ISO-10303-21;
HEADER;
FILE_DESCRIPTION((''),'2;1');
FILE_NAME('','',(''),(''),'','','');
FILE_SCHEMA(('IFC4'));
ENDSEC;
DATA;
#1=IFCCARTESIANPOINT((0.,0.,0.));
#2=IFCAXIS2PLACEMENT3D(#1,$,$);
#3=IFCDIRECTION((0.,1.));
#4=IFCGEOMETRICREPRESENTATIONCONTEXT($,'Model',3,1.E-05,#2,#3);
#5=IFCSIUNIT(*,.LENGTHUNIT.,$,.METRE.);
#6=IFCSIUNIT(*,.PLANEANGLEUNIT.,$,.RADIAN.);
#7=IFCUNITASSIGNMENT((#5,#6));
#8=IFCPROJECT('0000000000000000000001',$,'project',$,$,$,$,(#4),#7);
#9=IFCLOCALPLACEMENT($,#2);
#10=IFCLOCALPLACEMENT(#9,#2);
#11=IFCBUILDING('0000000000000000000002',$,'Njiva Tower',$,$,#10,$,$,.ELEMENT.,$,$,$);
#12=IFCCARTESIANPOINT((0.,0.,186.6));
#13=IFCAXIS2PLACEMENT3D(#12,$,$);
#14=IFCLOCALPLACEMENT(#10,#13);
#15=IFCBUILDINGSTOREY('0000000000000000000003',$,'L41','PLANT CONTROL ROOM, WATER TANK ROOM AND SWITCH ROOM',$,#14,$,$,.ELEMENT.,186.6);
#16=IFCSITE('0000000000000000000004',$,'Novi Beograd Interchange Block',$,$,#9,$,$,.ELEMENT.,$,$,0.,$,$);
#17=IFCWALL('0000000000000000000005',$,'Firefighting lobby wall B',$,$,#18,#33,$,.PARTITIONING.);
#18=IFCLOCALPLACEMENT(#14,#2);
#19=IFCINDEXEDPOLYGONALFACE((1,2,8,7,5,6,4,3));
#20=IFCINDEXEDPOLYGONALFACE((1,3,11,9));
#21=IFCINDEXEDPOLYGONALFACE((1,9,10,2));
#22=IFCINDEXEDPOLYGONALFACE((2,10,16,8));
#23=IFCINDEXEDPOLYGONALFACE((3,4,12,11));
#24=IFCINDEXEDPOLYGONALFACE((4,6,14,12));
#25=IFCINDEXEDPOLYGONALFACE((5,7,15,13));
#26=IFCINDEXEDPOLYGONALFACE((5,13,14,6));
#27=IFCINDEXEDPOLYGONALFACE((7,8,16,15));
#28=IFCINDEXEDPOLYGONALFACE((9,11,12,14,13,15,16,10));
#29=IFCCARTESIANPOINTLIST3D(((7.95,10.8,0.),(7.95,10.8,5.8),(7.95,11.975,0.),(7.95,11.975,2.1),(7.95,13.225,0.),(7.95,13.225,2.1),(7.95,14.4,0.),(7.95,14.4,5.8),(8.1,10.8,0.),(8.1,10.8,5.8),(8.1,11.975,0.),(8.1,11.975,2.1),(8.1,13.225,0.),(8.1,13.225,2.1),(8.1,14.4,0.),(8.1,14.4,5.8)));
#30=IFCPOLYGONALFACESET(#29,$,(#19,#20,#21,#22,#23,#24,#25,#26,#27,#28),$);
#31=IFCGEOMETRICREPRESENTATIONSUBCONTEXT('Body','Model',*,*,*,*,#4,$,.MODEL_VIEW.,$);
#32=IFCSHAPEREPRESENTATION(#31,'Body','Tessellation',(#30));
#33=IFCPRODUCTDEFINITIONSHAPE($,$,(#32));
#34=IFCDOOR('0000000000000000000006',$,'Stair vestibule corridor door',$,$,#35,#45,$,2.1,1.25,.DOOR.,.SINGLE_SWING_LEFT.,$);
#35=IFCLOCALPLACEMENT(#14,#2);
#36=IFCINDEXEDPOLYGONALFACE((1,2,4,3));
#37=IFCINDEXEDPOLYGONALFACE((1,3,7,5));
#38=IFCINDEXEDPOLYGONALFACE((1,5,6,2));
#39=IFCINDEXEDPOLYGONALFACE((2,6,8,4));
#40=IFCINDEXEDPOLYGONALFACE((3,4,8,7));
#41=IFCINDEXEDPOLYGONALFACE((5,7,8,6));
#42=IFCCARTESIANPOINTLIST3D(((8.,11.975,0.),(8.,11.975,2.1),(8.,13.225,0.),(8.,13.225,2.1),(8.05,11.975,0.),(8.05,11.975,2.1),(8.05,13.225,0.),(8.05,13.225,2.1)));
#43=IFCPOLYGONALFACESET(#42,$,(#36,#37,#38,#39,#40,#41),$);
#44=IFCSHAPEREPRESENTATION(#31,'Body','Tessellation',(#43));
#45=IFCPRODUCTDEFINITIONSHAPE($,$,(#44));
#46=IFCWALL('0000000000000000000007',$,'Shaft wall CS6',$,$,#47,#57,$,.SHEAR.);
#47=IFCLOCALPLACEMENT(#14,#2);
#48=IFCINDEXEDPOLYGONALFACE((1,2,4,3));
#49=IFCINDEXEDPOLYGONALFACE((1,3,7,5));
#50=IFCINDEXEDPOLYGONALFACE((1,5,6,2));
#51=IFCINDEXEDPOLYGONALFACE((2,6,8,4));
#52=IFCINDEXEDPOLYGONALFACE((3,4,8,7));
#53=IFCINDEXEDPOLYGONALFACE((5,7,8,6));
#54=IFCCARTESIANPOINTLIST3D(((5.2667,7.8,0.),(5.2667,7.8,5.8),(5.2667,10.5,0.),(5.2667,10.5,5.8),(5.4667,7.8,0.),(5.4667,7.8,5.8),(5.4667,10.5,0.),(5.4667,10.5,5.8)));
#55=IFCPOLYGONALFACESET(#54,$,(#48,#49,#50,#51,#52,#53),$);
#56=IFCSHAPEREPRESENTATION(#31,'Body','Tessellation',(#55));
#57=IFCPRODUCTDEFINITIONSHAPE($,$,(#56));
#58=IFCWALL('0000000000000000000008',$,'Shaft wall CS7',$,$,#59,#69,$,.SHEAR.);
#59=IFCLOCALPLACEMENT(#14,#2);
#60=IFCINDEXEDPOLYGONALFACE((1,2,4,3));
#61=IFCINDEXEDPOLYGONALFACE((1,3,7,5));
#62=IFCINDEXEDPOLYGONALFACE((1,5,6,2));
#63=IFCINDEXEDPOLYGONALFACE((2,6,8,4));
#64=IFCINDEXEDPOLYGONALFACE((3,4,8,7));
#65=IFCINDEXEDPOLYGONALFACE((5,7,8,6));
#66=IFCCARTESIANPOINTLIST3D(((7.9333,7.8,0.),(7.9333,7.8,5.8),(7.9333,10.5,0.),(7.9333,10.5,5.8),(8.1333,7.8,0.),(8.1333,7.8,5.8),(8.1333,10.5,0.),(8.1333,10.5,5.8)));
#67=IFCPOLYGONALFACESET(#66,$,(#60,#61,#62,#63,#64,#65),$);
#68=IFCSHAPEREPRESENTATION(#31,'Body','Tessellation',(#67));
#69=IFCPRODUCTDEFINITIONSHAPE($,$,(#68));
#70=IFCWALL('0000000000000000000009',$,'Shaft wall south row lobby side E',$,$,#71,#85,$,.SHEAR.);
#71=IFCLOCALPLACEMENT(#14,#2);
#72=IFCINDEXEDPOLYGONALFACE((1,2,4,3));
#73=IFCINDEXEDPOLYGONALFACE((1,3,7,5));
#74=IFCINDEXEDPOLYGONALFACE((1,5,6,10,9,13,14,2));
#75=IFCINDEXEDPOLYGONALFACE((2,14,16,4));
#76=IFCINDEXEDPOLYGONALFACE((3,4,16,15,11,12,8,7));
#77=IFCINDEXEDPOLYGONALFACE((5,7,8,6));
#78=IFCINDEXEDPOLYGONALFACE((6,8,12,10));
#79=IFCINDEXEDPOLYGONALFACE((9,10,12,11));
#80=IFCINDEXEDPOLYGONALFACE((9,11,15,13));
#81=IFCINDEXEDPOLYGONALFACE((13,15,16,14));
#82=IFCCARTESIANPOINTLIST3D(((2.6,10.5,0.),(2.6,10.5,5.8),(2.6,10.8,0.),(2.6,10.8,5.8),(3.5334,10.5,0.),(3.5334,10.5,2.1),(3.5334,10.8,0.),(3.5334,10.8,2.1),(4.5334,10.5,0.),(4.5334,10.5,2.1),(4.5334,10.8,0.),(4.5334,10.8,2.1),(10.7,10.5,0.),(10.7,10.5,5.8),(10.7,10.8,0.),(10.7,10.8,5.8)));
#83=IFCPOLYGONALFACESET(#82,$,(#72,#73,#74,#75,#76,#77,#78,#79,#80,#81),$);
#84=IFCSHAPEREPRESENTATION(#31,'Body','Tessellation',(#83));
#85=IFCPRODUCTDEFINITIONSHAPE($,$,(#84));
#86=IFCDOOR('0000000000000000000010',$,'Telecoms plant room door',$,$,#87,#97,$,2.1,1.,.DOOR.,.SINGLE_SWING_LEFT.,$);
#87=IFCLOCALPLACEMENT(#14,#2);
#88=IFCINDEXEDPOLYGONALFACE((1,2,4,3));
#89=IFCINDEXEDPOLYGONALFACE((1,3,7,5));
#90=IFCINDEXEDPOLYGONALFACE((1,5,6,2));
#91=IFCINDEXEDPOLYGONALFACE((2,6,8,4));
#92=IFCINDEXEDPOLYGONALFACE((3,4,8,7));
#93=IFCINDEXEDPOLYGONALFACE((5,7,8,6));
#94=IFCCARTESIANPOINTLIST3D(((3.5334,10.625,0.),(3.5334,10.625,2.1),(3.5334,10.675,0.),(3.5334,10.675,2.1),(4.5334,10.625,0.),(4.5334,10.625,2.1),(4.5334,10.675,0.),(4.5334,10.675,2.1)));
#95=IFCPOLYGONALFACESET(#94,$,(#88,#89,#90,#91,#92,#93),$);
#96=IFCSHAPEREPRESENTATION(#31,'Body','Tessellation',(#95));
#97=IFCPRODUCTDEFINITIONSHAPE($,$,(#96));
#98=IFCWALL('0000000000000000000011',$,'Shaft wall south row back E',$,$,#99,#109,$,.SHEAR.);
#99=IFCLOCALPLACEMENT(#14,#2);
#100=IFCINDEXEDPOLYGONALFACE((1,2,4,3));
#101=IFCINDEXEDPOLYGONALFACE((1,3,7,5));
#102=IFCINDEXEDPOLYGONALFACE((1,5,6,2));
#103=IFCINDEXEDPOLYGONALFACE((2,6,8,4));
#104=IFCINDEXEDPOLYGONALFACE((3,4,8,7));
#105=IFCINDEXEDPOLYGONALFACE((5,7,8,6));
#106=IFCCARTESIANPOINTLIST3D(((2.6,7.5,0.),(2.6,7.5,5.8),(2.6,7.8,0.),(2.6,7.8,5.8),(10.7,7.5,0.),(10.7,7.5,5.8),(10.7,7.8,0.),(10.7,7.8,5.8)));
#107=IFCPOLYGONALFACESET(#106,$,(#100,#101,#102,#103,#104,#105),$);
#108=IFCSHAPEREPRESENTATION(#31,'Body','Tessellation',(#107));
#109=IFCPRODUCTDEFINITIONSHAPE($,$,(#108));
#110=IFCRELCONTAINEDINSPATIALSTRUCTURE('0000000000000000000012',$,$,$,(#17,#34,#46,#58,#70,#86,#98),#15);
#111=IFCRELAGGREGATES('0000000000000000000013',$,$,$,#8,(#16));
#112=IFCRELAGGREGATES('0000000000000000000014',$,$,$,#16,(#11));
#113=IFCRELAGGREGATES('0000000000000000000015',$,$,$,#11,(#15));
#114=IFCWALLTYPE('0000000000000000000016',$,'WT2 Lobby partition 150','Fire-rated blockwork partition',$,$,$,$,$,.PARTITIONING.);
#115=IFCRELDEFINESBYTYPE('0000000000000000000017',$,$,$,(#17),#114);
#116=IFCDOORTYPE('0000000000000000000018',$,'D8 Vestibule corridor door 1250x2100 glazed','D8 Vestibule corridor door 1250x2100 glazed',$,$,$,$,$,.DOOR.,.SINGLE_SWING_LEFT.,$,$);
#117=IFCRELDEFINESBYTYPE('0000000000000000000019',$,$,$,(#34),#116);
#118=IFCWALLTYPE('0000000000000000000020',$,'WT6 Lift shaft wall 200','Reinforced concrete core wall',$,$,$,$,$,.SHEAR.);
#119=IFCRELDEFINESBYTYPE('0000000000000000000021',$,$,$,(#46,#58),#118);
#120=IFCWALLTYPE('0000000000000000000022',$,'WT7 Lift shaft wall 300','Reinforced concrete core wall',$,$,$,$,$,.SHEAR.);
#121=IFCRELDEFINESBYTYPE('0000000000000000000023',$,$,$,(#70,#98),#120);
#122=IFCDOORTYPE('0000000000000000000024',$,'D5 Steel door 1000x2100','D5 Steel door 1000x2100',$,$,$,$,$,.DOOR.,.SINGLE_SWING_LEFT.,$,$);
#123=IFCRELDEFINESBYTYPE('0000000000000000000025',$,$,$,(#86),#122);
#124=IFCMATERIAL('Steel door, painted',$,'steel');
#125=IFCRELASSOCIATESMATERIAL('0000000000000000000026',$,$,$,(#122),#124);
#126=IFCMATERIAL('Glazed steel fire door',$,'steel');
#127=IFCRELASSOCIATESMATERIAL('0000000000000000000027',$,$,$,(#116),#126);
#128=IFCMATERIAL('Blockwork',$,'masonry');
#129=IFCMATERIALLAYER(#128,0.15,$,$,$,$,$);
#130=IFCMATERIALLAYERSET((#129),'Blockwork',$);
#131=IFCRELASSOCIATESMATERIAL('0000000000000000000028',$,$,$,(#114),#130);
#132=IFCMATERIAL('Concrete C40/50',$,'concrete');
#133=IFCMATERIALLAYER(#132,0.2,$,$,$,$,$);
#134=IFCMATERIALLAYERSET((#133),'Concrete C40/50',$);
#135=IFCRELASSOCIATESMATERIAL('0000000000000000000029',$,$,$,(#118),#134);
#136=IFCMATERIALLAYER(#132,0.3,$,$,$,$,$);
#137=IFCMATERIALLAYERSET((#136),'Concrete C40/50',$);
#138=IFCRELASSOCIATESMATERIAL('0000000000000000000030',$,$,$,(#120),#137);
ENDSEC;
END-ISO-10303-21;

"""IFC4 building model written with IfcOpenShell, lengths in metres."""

from ifc_helpers import new_model, si_unit, direction, frame, frame_2d, origin, place, context, subcontext, project, spatial, rectangle, extrude, material, layer, layer_set, type_object, element, fill, save


model = new_model("IFC4")

# Units and contexts
model_context = context("Model", 3, precision=1e-05, world=origin(), true_north=direction((0.0, 1.0)))
body_context = subcontext(model_context, "Body", "Model", "MODEL_VIEW")
ifc_project = project(units=[si_unit("LENGTHUNIT", "METRE"), si_unit("PLANEANGLEUNIT", "RADIAN")], contexts=[model_context])

# Site, building, storey
site_placement = place(None, origin())
site = spatial("IfcSite", under=ifc_project, at=site_placement, Name="Novi Beograd Interchange Block", CompositionType="ELEMENT", RefElevation=0.0)
building_placement = place(site_placement, origin())
building = spatial("IfcBuilding", under=site, at=building_placement, Name="Njiva Tower", CompositionType="ELEMENT")
storey_placement = place(building_placement, frame((0.0, 0.0, 186.6)))
storey = spatial("IfcBuildingStorey", under=building, at=storey_placement, Name="L41", Description="PLANT CONTROL ROOM, WATER TANK ROOM AND SWITCH ROOM", CompositionType="ELEMENT", Elevation=186.6)

# Shared definitions
ifc_material_1 = material(Name="Blockwork", Category="masonry")

# Shared definitions
ifc_material_2 = material(Name="Concrete C40/50", Category="concrete")
ifc_material_3 = material(Name="Steel door, painted", Category="steel")
door_type_1 = type_object("IfcDoorType", Name="D5 Steel door 1000x2100", Description="D5 Steel door 1000x2100", OperationType="SINGLE_SWING_LEFT", PredefinedType="DOOR", material=ifc_material_3)
ifc_material_4 = material(Name="Glazed steel fire door", Category="steel")
door_type_2 = type_object("IfcDoorType", Name="D8 Vestibule corridor door 1250x2100 glazed", Description="D8 Vestibule corridor door 1250x2100 glazed", OperationType="SINGLE_SWING_LEFT", PredefinedType="DOOR", material=ifc_material_4)

# Wall, opening, door
ifc_layer_1 = layer(ifc_material_1, 0.15)
ifc_layer_set_1 = layer_set([ifc_layer_1], Name="Blockwork")
wall_type_1 = type_object("IfcWallType", Name="WT2 Lobby partition 150", Description="Fire-rated blockwork partition", PredefinedType="PARTITIONING", material=ifc_layer_set_1)
wall_1_placement = place(storey_placement, frame((8.025, 10.8, 0.0), z_axis=(0.0, 0.0, 1.0), x_axis=(0.0, 1.0, 0.0)))
wall_1 = element("IfcWall", 1, at=wall_1_placement, inside=storey, type_object=wall_type_1, Name="Firefighting lobby wall B", PredefinedType="PARTITIONING", context=body_context, shape_type="SweptSolid", body=[
    extrude(rectangle(XDim=3.6, YDim=0.15, at=frame_2d((1.8, 0.0))), origin(), (0.0, 0.0, 1.0), 5.8),
])
opening_1_placement = place(wall_1_placement, frame((1.175, 0.0, 0.0)))
opening_1 = element("IfcOpeningElement", 2, at=opening_1_placement, cuts=wall_1, PredefinedType="OPENING", context=body_context, shape_type="SweptSolid", body=[
    extrude(rectangle(XDim=1.25, YDim=2.1, at=frame_2d((0.625, 1.05))), frame((0.0, 0.085, 0.0), z_axis=(0.0, -1.0, 0.0), x_axis=(1.0, 0.0, 0.0)), (0.0, 0.0, 1.0), 0.17),
])
door_1_placement = place(opening_1_placement, origin())
door_1 = element("IfcDoor", 3, at=door_1_placement, inside=storey, type_object=door_type_2, Name="Stair vestibule corridor door", OperationType="SINGLE_SWING_LEFT", OverallHeight=2.1, OverallWidth=1.25, PredefinedType="DOOR", context=body_context, shape_type="SweptSolid", body=[
    extrude(rectangle(XDim=1.25, YDim=2.1, at=frame_2d((0.625, 1.05))), frame((0.0, 0.025, 0.0), z_axis=(0.0, -1.0, 0.0), x_axis=(1.0, 0.0, 0.0)), (0.0, 0.0, 1.0), 0.05),
])
fill(opening_1, door_1)

# Walls
ifc_layer_2 = layer(ifc_material_2, 0.2)
ifc_layer_set_2 = layer_set([ifc_layer_2], Name="Concrete C40/50")
wall_type_2 = type_object("IfcWallType", Name="WT6 Lift shaft wall 200", Description="Reinforced concrete core wall", PredefinedType="SHEAR", material=ifc_layer_set_2)
for number, where, z_axis, x_axis, name in (
    (4, (5.3667, 7.8, 0.0), (0.0, 0.0, 1.0), (0.0, 1.0, 0.0), "Shaft wall CS6"),
    (5, (8.0333, 7.8, 0.0), (0.0, 0.0, 1.0), (0.0, 1.0, 0.0), "Shaft wall CS7"),
):
    element("IfcWall", number, at=place(storey_placement, frame(where, z_axis=z_axis, x_axis=x_axis)), inside=storey, type_object=wall_type_2, Name=name, PredefinedType="SHEAR", context=body_context, shape_type="SweptSolid", body=[
        extrude(rectangle(XDim=2.7, YDim=0.2, at=frame_2d((1.35, 0.0))), origin(), (0.0, 0.0, 1.0), 5.8),
    ])

# Wall, opening, door
ifc_layer_3 = layer(ifc_material_2, 0.3)
ifc_layer_set_3 = layer_set([ifc_layer_3], Name="Concrete C40/50")
wall_type_3 = type_object("IfcWallType", Name="WT7 Lift shaft wall 300", Description="Reinforced concrete core wall", PredefinedType="SHEAR", material=ifc_layer_set_3)
wall_2_placement = place(storey_placement, frame((2.6, 10.65, 0.0), z_axis=(0.0, 0.0, 1.0), x_axis=(1.0, 0.0, 0.0)))
wall_2 = element("IfcWall", 6, at=wall_2_placement, inside=storey, type_object=wall_type_3, Name="Shaft wall south row lobby side E", PredefinedType="SHEAR", context=body_context, shape_type="SweptSolid", body=[
    extrude(rectangle(XDim=8.1, YDim=0.3, at=frame_2d((4.05, 0.0))), origin(), (0.0, 0.0, 1.0), 5.8),
])
opening_2_placement = place(wall_2_placement, frame((0.9334, 0.0, 0.0)))
opening_2 = element("IfcOpeningElement", 7, at=opening_2_placement, cuts=wall_2, PredefinedType="OPENING", context=body_context, shape_type="SweptSolid", body=[
    extrude(rectangle(XDim=1.0, YDim=2.1, at=frame_2d((0.5, 1.05))), frame((0.0, 0.16, 0.0), z_axis=(0.0, -1.0, 0.0), x_axis=(1.0, 0.0, 0.0)), (0.0, 0.0, 1.0), 0.32),
])
door_2_placement = place(opening_2_placement, origin())
door_2 = element("IfcDoor", 8, at=door_2_placement, inside=storey, type_object=door_type_1, Name="Telecoms plant room door", OperationType="SINGLE_SWING_LEFT", OverallHeight=2.1, OverallWidth=1.0, PredefinedType="DOOR", context=body_context, shape_type="SweptSolid", body=[
    extrude(rectangle(XDim=1.0, YDim=2.1, at=frame_2d((0.5, 1.05))), frame((0.0, 0.025, 0.0), z_axis=(0.0, -1.0, 0.0), x_axis=(1.0, 0.0, 0.0)), (0.0, 0.0, 1.0), 0.05),
])
fill(opening_2, door_2)

# Wall
wall_3_placement = place(storey_placement, frame((2.6, 7.65, 0.0), z_axis=(0.0, 0.0, 1.0), x_axis=(1.0, 0.0, 0.0)))
element("IfcWall", 9, at=wall_3_placement, inside=storey, type_object=wall_type_3, Name="Shaft wall south row back E", PredefinedType="SHEAR", context=body_context, shape_type="SweptSolid", body=[
    extrude(rectangle(XDim=8.1, YDim=0.3, at=frame_2d((4.05, 0.0))), origin(), (0.0, 0.0, 1.0), 5.8),
])

save(model, "model.ifc")
